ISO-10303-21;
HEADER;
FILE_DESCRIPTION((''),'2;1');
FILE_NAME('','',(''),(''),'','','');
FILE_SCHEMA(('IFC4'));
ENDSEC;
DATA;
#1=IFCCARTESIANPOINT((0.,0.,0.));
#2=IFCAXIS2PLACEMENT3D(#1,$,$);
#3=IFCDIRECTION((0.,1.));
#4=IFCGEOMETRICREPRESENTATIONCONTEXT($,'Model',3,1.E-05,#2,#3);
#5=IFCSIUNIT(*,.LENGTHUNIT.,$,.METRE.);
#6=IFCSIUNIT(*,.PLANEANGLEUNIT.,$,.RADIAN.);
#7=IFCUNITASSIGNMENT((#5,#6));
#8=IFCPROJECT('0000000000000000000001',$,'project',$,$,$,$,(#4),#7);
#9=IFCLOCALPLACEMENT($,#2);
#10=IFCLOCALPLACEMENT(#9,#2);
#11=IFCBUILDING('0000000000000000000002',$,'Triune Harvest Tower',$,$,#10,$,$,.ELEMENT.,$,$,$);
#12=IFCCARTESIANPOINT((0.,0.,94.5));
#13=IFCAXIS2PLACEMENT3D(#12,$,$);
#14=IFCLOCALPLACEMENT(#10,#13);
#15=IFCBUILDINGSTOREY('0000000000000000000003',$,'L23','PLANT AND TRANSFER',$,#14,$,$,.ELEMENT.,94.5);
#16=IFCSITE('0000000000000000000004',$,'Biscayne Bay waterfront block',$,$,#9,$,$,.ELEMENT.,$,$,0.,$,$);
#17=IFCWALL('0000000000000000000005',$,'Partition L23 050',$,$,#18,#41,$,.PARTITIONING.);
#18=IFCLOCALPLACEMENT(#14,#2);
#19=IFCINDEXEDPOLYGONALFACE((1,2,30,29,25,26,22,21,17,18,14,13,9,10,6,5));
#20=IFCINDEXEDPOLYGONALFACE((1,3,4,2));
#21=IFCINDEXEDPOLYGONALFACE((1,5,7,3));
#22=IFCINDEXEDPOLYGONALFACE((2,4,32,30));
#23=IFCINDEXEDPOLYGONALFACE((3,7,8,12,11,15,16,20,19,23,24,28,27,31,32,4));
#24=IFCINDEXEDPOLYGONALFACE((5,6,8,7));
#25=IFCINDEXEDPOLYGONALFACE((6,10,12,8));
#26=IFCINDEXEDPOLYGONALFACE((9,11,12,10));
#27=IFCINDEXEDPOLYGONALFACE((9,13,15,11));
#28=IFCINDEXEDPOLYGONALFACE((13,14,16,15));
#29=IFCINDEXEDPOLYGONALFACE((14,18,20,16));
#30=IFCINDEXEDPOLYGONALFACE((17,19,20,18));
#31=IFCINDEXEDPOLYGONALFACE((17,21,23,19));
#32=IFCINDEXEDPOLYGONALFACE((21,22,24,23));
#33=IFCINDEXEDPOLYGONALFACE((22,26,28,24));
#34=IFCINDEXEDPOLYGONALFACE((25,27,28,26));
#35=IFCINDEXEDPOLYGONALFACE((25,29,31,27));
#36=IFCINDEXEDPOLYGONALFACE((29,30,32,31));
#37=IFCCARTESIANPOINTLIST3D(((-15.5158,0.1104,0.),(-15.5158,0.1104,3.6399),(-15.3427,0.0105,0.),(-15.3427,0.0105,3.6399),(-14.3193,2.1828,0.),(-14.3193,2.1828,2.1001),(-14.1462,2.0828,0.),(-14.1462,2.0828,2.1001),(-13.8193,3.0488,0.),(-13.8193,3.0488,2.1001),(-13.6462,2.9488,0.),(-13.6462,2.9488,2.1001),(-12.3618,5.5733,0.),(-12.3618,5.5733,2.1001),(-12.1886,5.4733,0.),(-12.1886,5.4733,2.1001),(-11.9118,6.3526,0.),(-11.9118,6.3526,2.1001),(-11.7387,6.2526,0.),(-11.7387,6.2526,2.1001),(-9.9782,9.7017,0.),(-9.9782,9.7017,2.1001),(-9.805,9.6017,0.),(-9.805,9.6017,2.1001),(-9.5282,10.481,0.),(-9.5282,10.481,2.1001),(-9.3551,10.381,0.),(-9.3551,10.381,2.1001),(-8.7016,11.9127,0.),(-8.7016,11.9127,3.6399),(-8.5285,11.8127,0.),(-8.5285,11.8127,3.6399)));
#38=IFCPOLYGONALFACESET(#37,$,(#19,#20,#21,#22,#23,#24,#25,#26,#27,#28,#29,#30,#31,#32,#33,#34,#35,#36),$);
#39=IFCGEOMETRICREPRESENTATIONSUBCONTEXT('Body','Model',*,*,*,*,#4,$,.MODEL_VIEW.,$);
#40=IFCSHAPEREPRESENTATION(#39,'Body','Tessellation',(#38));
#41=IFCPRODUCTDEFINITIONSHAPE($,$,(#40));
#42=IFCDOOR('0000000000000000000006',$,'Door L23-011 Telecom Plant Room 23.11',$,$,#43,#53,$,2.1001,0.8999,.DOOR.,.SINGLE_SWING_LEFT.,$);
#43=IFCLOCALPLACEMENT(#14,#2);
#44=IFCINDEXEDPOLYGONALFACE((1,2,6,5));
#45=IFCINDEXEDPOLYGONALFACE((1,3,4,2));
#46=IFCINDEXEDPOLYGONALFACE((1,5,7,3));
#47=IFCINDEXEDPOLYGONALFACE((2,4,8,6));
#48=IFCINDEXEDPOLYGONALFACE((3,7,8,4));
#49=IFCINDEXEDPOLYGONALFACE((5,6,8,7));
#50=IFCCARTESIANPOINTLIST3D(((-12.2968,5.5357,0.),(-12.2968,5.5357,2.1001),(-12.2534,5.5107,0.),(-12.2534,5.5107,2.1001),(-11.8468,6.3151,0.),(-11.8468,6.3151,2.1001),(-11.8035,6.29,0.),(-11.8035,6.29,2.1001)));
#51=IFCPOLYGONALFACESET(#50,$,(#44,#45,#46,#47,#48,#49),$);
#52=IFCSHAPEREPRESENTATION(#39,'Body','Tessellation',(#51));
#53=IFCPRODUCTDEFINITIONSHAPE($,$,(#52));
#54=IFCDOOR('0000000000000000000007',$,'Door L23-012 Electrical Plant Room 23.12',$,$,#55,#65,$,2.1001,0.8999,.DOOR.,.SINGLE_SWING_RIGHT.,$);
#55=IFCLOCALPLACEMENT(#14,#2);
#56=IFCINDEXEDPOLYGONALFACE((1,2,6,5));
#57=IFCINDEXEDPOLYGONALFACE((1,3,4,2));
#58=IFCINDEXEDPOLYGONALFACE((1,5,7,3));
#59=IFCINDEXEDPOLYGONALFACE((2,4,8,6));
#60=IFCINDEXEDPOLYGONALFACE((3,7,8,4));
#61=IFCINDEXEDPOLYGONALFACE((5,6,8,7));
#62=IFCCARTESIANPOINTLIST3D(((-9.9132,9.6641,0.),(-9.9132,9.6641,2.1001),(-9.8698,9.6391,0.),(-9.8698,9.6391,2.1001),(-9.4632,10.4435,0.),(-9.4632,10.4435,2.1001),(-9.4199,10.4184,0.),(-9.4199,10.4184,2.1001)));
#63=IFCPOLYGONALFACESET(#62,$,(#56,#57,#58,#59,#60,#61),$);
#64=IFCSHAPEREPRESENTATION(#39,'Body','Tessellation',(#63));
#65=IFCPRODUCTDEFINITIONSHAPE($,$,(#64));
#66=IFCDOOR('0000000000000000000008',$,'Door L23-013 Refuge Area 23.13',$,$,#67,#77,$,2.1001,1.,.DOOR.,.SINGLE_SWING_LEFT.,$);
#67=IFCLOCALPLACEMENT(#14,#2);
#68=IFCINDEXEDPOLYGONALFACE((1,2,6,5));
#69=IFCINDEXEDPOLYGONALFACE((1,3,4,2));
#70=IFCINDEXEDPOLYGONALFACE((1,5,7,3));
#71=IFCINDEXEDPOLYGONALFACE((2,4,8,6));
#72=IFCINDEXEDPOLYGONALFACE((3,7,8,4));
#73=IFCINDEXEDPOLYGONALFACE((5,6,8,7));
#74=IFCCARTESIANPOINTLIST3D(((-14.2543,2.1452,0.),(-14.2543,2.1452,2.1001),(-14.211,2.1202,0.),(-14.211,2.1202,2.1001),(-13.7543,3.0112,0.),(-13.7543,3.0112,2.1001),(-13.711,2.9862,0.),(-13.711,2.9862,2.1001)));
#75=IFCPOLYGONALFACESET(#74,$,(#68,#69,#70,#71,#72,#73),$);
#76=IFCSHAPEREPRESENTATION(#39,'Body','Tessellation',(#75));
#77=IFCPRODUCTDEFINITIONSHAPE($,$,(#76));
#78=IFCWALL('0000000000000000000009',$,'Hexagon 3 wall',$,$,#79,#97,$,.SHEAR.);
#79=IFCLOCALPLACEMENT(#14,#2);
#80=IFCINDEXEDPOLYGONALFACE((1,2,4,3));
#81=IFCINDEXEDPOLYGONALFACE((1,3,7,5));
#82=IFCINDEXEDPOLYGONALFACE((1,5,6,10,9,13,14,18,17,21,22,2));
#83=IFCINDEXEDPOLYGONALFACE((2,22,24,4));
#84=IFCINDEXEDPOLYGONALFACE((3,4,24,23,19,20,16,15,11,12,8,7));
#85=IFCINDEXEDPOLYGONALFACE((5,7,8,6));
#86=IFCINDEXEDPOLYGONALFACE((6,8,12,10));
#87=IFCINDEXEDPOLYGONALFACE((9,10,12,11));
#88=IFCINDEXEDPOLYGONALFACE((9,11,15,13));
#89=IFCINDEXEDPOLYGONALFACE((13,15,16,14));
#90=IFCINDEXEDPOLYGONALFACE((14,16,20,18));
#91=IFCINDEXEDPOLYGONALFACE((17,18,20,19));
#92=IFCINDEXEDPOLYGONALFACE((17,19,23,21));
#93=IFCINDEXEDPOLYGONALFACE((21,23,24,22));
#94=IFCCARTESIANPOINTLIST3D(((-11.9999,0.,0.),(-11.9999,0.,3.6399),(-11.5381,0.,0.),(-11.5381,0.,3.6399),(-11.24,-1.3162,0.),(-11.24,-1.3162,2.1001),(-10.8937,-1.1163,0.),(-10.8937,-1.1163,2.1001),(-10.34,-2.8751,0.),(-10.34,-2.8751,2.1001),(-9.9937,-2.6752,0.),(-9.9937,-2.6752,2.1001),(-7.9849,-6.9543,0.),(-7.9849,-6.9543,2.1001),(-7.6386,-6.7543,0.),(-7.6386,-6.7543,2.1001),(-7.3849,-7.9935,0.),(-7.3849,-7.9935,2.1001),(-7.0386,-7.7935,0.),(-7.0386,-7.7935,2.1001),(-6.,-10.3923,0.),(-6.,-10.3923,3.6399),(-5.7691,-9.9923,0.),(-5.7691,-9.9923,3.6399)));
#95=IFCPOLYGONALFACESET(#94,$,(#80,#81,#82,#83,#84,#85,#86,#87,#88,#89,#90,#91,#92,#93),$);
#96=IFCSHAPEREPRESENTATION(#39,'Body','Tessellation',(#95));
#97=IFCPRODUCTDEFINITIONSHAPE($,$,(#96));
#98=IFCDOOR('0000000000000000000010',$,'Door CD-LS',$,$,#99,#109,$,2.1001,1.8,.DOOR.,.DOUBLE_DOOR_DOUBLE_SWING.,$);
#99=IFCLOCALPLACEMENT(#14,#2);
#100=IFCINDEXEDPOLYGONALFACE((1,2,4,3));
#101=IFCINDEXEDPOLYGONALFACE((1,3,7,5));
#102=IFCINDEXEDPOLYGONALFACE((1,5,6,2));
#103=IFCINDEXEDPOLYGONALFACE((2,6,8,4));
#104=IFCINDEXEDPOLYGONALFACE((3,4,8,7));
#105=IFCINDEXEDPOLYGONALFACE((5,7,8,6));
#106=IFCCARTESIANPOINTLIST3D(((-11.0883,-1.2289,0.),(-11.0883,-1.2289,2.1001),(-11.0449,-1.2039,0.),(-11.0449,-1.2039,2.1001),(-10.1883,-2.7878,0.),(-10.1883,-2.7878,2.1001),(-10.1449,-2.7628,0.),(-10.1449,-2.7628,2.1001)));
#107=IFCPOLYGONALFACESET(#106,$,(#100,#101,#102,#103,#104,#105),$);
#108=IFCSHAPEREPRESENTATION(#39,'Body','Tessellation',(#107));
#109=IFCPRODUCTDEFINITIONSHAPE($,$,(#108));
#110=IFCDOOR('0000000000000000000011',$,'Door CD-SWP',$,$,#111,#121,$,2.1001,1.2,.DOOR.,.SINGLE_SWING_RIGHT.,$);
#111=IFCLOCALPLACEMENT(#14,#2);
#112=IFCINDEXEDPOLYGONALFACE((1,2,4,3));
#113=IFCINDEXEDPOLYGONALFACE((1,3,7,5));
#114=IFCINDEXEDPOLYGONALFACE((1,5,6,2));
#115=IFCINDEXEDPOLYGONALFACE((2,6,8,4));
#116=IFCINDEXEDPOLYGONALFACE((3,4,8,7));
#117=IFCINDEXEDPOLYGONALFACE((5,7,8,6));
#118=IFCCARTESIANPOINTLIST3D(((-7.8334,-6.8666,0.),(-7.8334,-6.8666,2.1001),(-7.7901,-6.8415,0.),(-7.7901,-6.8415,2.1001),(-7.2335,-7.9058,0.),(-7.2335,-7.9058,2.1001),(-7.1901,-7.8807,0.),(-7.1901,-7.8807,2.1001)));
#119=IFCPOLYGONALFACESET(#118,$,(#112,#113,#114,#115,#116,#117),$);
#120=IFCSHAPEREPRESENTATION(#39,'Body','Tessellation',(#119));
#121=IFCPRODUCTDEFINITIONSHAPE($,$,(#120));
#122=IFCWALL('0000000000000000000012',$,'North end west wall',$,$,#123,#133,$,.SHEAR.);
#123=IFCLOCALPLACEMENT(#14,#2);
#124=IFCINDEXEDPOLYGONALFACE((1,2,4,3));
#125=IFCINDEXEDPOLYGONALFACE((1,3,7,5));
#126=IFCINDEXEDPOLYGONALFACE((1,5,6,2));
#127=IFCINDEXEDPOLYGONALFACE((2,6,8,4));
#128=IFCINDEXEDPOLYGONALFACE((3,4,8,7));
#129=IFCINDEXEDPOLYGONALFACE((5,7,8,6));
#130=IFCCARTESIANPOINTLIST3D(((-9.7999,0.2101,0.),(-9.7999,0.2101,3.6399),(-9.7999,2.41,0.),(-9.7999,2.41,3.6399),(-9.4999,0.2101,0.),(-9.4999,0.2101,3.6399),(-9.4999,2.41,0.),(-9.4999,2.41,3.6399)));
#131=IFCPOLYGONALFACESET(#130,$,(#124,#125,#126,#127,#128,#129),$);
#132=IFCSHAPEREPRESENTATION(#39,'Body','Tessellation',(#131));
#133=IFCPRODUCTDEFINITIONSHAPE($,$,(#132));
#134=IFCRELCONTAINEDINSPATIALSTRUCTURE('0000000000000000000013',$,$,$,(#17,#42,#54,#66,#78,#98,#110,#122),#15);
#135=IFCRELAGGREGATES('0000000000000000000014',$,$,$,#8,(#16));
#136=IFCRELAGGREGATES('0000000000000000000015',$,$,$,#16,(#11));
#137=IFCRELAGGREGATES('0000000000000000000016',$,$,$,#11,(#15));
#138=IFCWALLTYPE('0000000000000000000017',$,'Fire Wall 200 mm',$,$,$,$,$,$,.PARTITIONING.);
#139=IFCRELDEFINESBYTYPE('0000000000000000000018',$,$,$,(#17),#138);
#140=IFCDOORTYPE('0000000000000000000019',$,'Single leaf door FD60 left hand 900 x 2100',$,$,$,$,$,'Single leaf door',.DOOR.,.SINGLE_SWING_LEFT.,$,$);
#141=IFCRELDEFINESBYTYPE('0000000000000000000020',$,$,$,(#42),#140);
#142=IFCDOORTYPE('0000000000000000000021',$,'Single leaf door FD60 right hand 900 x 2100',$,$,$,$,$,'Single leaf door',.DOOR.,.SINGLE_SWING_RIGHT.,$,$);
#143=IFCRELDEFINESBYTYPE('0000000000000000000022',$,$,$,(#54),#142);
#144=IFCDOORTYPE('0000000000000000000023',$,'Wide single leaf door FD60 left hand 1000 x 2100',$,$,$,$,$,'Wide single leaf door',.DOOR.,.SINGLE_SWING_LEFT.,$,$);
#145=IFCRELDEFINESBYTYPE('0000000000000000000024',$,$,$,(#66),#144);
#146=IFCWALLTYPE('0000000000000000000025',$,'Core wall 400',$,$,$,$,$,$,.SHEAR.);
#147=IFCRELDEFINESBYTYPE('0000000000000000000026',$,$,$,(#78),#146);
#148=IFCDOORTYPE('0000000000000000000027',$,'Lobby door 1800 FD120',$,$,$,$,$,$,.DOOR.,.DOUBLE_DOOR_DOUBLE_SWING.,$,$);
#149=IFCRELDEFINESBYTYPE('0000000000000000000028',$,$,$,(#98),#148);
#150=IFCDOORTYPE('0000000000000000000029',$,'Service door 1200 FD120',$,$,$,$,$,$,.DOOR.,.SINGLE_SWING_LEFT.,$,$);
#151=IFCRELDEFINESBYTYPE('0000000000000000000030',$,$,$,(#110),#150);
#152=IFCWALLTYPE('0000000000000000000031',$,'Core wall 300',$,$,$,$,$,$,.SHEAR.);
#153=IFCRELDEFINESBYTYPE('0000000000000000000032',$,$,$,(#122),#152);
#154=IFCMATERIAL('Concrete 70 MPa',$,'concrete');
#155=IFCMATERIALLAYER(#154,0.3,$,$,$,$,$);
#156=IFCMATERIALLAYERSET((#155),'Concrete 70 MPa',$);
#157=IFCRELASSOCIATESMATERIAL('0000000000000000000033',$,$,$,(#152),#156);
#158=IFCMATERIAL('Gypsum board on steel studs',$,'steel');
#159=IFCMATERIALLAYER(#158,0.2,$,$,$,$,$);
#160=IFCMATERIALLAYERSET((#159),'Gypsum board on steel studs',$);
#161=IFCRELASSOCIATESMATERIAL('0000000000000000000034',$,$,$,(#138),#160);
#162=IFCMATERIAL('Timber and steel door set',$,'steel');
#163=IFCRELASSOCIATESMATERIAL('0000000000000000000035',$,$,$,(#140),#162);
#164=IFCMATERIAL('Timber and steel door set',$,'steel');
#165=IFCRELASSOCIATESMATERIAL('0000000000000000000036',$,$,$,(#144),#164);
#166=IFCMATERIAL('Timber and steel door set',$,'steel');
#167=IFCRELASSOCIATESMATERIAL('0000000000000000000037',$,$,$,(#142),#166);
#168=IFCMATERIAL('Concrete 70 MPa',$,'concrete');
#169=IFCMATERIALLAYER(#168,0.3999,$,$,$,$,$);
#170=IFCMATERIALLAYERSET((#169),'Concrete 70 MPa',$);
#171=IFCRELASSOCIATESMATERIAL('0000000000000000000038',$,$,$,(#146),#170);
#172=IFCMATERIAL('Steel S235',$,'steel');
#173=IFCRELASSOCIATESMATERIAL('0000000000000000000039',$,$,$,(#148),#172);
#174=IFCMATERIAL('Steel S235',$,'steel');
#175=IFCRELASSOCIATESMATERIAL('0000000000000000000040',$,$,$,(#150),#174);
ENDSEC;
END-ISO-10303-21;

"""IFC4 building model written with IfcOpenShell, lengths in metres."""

from ifc_helpers import new_model, si_unit, direction, frame, frame_2d, origin, place, context, subcontext, project, spatial, polyline, rectangle, outline, extrude, source, transform, mapped, material, layer, layer_set, type_object, element, fill, save


model = new_model("IFC4")

# Units and contexts
model_context = context("Model", 3, precision=1e-05, world=origin(), true_north=direction((0.0, 1.0)))
body_context = subcontext(model_context, "Body", "Model", "MODEL_VIEW")
ifc_project = project(units=[si_unit("LENGTHUNIT", "METRE"), si_unit("PLANEANGLEUNIT", "RADIAN")], contexts=[model_context])

# Site, building, storey
site_placement = place(None, origin())
site = spatial("IfcSite", under=ifc_project, at=site_placement, Name="Biscayne Bay waterfront block", CompositionType="ELEMENT", RefElevation=0.0)
building_placement = place(site_placement, origin())
building = spatial("IfcBuilding", under=site, at=building_placement, Name="Triune Harvest Tower", CompositionType="ELEMENT")
storey_placement = place(building_placement, frame((0.0, 0.0, 94.5)))
storey = spatial("IfcBuildingStorey", under=building, at=storey_placement, Name="L23", Description="PLANT AND TRANSFER", CompositionType="ELEMENT", Elevation=94.5)

# Shared definitions
ifc_material_1 = material(Name="Concrete 70 MPa", Category="concrete")
ifc_layer_1 = layer(ifc_material_1, 0.3)
ifc_layer_set_1 = layer_set([ifc_layer_1], Name="Concrete 70 MPa")
wall_type_1 = type_object("IfcWallType", Name="Core wall 300", PredefinedType="SHEAR", material=ifc_layer_set_1)

# Shared definitions
ifc_material_2 = material(Name="Gypsum board on steel studs", Category="steel")
ifc_layer_2 = layer(ifc_material_2, 0.2)
ifc_layer_set_2 = layer_set([ifc_layer_2], Name="Gypsum board on steel studs")
wall_type_2 = type_object("IfcWallType", Name="Fire Wall 200 mm", PredefinedType="PARTITIONING", material=ifc_layer_set_2)
ifc_material_3 = material(Name="Timber and steel door set", Category="steel")
door_type_1 = type_object("IfcDoorType", Name="Single leaf door FD60 left hand 900 x 2100", ElementType="Single leaf door", OperationType="SINGLE_SWING_LEFT", PredefinedType="DOOR", material=ifc_material_3)
ifc_material_4 = material(Name="Timber and steel door set", Category="steel")
door_type_2 = type_object("IfcDoorType", Name="Wide single leaf door FD60 left hand 1000 x 2100", ElementType="Wide single leaf door", OperationType="SINGLE_SWING_LEFT", PredefinedType="DOOR", material=ifc_material_4)

# Walls, openings, doors
wall_1_placement = place(storey_placement, frame((-15.4292, 0.0605, 0.0), z_axis=(0.0, 0.0, 1.0), x_axis=(0.50001, 0.86602, 0.0)))
wall_1 = element("IfcWall", 1, at=wall_1_placement, inside=storey, type_object=wall_type_2, Name="Partition L23 050", PredefinedType="PARTITIONING", context=body_context, shape_type="SweptSolid", body=[
    extrude(rectangle(XDim=13.6282, YDim=0.2, at=frame_2d((6.814, 0.0))), origin(), (0.0, 0.0, 1.0), 3.6399),
])
opening_1_placement = place(wall_1_placement, frame((6.3079, 0.0, 0.0)))
opening_1 = element("IfcOpeningElement", 2, at=opening_1_placement, cuts=wall_1, PredefinedType="OPENING", context=body_context, shape_type="SweptSolid", body=[
    extrude(rectangle(XDim=0.8999, YDim=2.1001, at=frame_2d((0.45, 1.05))), frame((0.0, 0.1099, 0.0), z_axis=(0.0, -1.0, 0.0), x_axis=(1.0, 0.0, 0.0)), (0.0, 0.0, 1.0), 0.22),
])
opening_2_placement = place(wall_1_placement, frame((11.075, 0.0, 0.0)))
opening_2 = element("IfcOpeningElement", 3, at=opening_2_placement, cuts=wall_1, PredefinedType="OPENING", context=body_context, shape_type="SweptSolid", body=[
    extrude(rectangle(XDim=0.8999, YDim=2.1001, at=frame_2d((0.45, 1.05))), frame((0.0, 0.1099, 0.0), z_axis=(0.0, -1.0, 0.0), x_axis=(1.0, 0.0, 0.0)), (0.0, 0.0, 1.0), 0.22),
])
opening_3_placement = place(wall_1_placement, frame((2.3928, 0.0, 0.0)))
opening_3 = element("IfcOpeningElement", 4, at=opening_3_placement, cuts=wall_1, PredefinedType="OPENING", context=body_context, shape_type="SweptSolid", body=[
    extrude(rectangle(XDim=1.0, YDim=2.1001, at=frame_2d((0.5, 1.05))), frame((0.0, 0.1099, 0.0), z_axis=(0.0, -1.0, 0.0), x_axis=(1.0, 0.0, 0.0)), (0.0, 0.0, 1.0), 0.22),
])
door_1_placement = place(opening_1_placement, origin())
door_1 = element("IfcDoor", 5, at=door_1_placement, inside=storey, type_object=door_type_1, Name="Door L23-011 Telecom Plant Room 23.11", OperationType="SINGLE_SWING_LEFT", OverallHeight=2.1001, OverallWidth=0.8999, PredefinedType="DOOR", context=body_context, shape_type="SweptSolid", body=[
    extrude(rectangle(XDim=0.8999, YDim=2.1001, at=frame_2d((0.45, 1.05))), frame((0.0, 0.0249, 0.0), z_axis=(0.0, -1.0, 0.0), x_axis=(1.0, 0.0, 0.0)), (0.0, 0.0, 1.0), 0.05),
])
fill(opening_1, door_1)
ifc_material_5 = material(Name="Timber and steel door set", Category="steel")
door_type_3 = type_object("IfcDoorType", Name="Single leaf door FD60 right hand 900 x 2100", ElementType="Single leaf door", OperationType="SINGLE_SWING_RIGHT", PredefinedType="DOOR", material=ifc_material_5)
door_2_placement = place(opening_2_placement, origin())
door_2 = element("IfcDoor", 6, at=door_2_placement, inside=storey, type_object=door_type_3, Name="Door L23-012 Electrical Plant Room 23.12", OperationType="SINGLE_SWING_RIGHT", OverallHeight=2.1001, OverallWidth=0.8999, PredefinedType="DOOR", context=body_context, shape_type="SweptSolid", body=[
    extrude(rectangle(XDim=0.8999, YDim=2.1001, at=frame_2d((0.45, 1.05))), frame((0.0, 0.0249, 0.0), z_axis=(0.0, -1.0, 0.0), x_axis=(1.0, 0.0, 0.0)), (0.0, 0.0, 1.0), 0.05),
])
fill(opening_2, door_2)
door_3_placement = place(opening_3_placement, origin())
door_3 = element("IfcDoor", 7, at=door_3_placement, inside=storey, type_object=door_type_2, Name="Door L23-013 Refuge Area 23.13", OperationType="SINGLE_SWING_LEFT", OverallHeight=2.1001, OverallWidth=1.0, PredefinedType="DOOR", context=body_context, shape_type="SweptSolid", body=[
    extrude(rectangle(XDim=1.0, YDim=2.1001, at=frame_2d((0.5, 1.05))), frame((0.0, 0.0249, 0.0), z_axis=(0.0, -1.0, 0.0), x_axis=(1.0, 0.0, 0.0)), (0.0, 0.0, 1.0), 0.05),
])
fill(opening_3, door_3)
ifc_material_6 = material(Name="Concrete 70 MPa", Category="concrete")
ifc_layer_3 = layer(ifc_material_6, 0.3999)
ifc_layer_set_3 = layer_set([ifc_layer_3], Name="Concrete 70 MPa")
wall_type_3 = type_object("IfcWallType", Name="Core wall 400", PredefinedType="SHEAR", material=ifc_layer_set_3)
shared_shape_1 = source(origin(), body_context, "Body", "SweptSolid", [
    extrude(outline(polyline([(-0.1155, -0.2), (11.8845, -0.2), (11.6536, 0.2), (0.1155, 0.2), (-0.1155, -0.2)])), origin(), (0.0, 0.0, 1.0), 3.6399),
])
wall_2_placement = place(storey_placement, frame((-11.769, 0.0, 0.0), z_axis=(0.0, 0.0, 1.0), x_axis=(0.499997, -0.866027, 0.0)))
wall_2 = element("IfcWall", 8, at=wall_2_placement, inside=storey, type_object=wall_type_3, Name="Hexagon 3 wall", PredefinedType="SHEAR", context=body_context, shape_type="MappedRepresentation", body=[
    mapped(shared_shape_1, transform((0.0, 0.0, 0.0), scale=1.0)),
])
opening_4_placement = place(wall_2_placement, frame((1.4045, 0.0, 0.0)))
opening_4 = element("IfcOpeningElement", 9, at=opening_4_placement, cuts=wall_2, PredefinedType="OPENING", context=body_context, shape_type="SweptSolid", body=[
    extrude(rectangle(XDim=1.8, YDim=2.1001, at=frame_2d((0.8999, 1.05))), frame((0.0, 0.21, 0.0), z_axis=(0.0, -1.0, 0.0), x_axis=(1.0, 0.0, 0.0)), (0.0, 0.0, 1.0), 0.4199),
])
opening_5_placement = place(wall_2_placement, frame((7.9146, 0.0, 0.0)))
opening_5 = element("IfcOpeningElement", 10, at=opening_5_placement, cuts=wall_2, PredefinedType="OPENING", context=body_context, shape_type="SweptSolid", body=[
    extrude(rectangle(XDim=1.2, YDim=2.1001, at=frame_2d((0.6001, 1.05))), frame((0.0, 0.21, 0.0), z_axis=(0.0, -1.0, 0.0), x_axis=(1.0, 0.0, 0.0)), (0.0, 0.0, 1.0), 0.4199),
])
ifc_material_7 = material(Name="Steel S235", Category="steel")
door_type_4 = type_object("IfcDoorType", Name="Lobby door 1800 FD120", OperationType="DOUBLE_DOOR_DOUBLE_SWING", PredefinedType="DOOR", material=ifc_material_7)
door_4_placement = place(opening_4_placement, frame((1.8, 0.0, 0.0), z_axis=(0.0, 0.0, 1.0), x_axis=(-1.0, 0.0, 0.0)))
door_4 = element("IfcDoor", 11, at=door_4_placement, inside=storey, type_object=door_type_4, Name="Door CD-LS", OperationType="DOUBLE_DOOR_DOUBLE_SWING", OverallHeight=2.1001, OverallWidth=1.8, PredefinedType="DOOR", context=body_context, shape_type="SweptSolid", body=[
    extrude(rectangle(XDim=1.8, YDim=2.1001, at=frame_2d((0.8999, 1.05))), frame((0.0, 0.0249, 0.0), z_axis=(0.0, -1.0, 0.0), x_axis=(1.0, 0.0, 0.0)), (0.0, 0.0, 1.0), 0.05),
])
fill(opening_4, door_4)
ifc_material_8 = material(Name="Steel S235", Category="steel")
door_type_5 = type_object("IfcDoorType", Name="Service door 1200 FD120", OperationType="SINGLE_SWING_LEFT", PredefinedType="DOOR", material=ifc_material_8)
door_5_placement = place(opening_5_placement, frame((1.2, 0.0, 0.0), z_axis=(0.0, 0.0, 1.0), x_axis=(-1.0, 0.0, 0.0)))
door_5 = element("IfcDoor", 12, at=door_5_placement, inside=storey, type_object=door_type_5, Name="Door CD-SWP", OperationType="SINGLE_SWING_RIGHT", OverallHeight=2.1001, OverallWidth=1.2, PredefinedType="DOOR", context=body_context, shape_type="SweptSolid", body=[
    extrude(rectangle(XDim=1.2, YDim=2.1001, at=frame_2d((0.6001, 1.05))), frame((0.0, 0.0249, 0.0), z_axis=(0.0, -1.0, 0.0), x_axis=(1.0, 0.0, 0.0)), (0.0, 0.0, 1.0), 0.05),
])
fill(opening_5, door_5)

# Wall
shared_shape_2 = source(origin(), body_context, "Body", "SweptSolid", [
    extrude(rectangle(XDim=2.2, YDim=0.3, at=frame_2d((1.1001, 0.0))), origin(), (0.0, 0.0, 1.0), 3.6399),
])
wall_3_placement = place(storey_placement, frame((-9.6499, 0.21, 0.0), z_axis=(0.0, 0.0, 1.0), x_axis=(0.0, 1.0, 0.0)))
element("IfcWall", 13, at=wall_3_placement, inside=storey, type_object=wall_type_1, Name="North end west wall", PredefinedType="SHEAR", context=body_context, shape_type="MappedRepresentation", body=[
    mapped(shared_shape_2, transform((0.0, 0.0, 0.0), scale=1.0)),
])

save(model, "model.ifc")
